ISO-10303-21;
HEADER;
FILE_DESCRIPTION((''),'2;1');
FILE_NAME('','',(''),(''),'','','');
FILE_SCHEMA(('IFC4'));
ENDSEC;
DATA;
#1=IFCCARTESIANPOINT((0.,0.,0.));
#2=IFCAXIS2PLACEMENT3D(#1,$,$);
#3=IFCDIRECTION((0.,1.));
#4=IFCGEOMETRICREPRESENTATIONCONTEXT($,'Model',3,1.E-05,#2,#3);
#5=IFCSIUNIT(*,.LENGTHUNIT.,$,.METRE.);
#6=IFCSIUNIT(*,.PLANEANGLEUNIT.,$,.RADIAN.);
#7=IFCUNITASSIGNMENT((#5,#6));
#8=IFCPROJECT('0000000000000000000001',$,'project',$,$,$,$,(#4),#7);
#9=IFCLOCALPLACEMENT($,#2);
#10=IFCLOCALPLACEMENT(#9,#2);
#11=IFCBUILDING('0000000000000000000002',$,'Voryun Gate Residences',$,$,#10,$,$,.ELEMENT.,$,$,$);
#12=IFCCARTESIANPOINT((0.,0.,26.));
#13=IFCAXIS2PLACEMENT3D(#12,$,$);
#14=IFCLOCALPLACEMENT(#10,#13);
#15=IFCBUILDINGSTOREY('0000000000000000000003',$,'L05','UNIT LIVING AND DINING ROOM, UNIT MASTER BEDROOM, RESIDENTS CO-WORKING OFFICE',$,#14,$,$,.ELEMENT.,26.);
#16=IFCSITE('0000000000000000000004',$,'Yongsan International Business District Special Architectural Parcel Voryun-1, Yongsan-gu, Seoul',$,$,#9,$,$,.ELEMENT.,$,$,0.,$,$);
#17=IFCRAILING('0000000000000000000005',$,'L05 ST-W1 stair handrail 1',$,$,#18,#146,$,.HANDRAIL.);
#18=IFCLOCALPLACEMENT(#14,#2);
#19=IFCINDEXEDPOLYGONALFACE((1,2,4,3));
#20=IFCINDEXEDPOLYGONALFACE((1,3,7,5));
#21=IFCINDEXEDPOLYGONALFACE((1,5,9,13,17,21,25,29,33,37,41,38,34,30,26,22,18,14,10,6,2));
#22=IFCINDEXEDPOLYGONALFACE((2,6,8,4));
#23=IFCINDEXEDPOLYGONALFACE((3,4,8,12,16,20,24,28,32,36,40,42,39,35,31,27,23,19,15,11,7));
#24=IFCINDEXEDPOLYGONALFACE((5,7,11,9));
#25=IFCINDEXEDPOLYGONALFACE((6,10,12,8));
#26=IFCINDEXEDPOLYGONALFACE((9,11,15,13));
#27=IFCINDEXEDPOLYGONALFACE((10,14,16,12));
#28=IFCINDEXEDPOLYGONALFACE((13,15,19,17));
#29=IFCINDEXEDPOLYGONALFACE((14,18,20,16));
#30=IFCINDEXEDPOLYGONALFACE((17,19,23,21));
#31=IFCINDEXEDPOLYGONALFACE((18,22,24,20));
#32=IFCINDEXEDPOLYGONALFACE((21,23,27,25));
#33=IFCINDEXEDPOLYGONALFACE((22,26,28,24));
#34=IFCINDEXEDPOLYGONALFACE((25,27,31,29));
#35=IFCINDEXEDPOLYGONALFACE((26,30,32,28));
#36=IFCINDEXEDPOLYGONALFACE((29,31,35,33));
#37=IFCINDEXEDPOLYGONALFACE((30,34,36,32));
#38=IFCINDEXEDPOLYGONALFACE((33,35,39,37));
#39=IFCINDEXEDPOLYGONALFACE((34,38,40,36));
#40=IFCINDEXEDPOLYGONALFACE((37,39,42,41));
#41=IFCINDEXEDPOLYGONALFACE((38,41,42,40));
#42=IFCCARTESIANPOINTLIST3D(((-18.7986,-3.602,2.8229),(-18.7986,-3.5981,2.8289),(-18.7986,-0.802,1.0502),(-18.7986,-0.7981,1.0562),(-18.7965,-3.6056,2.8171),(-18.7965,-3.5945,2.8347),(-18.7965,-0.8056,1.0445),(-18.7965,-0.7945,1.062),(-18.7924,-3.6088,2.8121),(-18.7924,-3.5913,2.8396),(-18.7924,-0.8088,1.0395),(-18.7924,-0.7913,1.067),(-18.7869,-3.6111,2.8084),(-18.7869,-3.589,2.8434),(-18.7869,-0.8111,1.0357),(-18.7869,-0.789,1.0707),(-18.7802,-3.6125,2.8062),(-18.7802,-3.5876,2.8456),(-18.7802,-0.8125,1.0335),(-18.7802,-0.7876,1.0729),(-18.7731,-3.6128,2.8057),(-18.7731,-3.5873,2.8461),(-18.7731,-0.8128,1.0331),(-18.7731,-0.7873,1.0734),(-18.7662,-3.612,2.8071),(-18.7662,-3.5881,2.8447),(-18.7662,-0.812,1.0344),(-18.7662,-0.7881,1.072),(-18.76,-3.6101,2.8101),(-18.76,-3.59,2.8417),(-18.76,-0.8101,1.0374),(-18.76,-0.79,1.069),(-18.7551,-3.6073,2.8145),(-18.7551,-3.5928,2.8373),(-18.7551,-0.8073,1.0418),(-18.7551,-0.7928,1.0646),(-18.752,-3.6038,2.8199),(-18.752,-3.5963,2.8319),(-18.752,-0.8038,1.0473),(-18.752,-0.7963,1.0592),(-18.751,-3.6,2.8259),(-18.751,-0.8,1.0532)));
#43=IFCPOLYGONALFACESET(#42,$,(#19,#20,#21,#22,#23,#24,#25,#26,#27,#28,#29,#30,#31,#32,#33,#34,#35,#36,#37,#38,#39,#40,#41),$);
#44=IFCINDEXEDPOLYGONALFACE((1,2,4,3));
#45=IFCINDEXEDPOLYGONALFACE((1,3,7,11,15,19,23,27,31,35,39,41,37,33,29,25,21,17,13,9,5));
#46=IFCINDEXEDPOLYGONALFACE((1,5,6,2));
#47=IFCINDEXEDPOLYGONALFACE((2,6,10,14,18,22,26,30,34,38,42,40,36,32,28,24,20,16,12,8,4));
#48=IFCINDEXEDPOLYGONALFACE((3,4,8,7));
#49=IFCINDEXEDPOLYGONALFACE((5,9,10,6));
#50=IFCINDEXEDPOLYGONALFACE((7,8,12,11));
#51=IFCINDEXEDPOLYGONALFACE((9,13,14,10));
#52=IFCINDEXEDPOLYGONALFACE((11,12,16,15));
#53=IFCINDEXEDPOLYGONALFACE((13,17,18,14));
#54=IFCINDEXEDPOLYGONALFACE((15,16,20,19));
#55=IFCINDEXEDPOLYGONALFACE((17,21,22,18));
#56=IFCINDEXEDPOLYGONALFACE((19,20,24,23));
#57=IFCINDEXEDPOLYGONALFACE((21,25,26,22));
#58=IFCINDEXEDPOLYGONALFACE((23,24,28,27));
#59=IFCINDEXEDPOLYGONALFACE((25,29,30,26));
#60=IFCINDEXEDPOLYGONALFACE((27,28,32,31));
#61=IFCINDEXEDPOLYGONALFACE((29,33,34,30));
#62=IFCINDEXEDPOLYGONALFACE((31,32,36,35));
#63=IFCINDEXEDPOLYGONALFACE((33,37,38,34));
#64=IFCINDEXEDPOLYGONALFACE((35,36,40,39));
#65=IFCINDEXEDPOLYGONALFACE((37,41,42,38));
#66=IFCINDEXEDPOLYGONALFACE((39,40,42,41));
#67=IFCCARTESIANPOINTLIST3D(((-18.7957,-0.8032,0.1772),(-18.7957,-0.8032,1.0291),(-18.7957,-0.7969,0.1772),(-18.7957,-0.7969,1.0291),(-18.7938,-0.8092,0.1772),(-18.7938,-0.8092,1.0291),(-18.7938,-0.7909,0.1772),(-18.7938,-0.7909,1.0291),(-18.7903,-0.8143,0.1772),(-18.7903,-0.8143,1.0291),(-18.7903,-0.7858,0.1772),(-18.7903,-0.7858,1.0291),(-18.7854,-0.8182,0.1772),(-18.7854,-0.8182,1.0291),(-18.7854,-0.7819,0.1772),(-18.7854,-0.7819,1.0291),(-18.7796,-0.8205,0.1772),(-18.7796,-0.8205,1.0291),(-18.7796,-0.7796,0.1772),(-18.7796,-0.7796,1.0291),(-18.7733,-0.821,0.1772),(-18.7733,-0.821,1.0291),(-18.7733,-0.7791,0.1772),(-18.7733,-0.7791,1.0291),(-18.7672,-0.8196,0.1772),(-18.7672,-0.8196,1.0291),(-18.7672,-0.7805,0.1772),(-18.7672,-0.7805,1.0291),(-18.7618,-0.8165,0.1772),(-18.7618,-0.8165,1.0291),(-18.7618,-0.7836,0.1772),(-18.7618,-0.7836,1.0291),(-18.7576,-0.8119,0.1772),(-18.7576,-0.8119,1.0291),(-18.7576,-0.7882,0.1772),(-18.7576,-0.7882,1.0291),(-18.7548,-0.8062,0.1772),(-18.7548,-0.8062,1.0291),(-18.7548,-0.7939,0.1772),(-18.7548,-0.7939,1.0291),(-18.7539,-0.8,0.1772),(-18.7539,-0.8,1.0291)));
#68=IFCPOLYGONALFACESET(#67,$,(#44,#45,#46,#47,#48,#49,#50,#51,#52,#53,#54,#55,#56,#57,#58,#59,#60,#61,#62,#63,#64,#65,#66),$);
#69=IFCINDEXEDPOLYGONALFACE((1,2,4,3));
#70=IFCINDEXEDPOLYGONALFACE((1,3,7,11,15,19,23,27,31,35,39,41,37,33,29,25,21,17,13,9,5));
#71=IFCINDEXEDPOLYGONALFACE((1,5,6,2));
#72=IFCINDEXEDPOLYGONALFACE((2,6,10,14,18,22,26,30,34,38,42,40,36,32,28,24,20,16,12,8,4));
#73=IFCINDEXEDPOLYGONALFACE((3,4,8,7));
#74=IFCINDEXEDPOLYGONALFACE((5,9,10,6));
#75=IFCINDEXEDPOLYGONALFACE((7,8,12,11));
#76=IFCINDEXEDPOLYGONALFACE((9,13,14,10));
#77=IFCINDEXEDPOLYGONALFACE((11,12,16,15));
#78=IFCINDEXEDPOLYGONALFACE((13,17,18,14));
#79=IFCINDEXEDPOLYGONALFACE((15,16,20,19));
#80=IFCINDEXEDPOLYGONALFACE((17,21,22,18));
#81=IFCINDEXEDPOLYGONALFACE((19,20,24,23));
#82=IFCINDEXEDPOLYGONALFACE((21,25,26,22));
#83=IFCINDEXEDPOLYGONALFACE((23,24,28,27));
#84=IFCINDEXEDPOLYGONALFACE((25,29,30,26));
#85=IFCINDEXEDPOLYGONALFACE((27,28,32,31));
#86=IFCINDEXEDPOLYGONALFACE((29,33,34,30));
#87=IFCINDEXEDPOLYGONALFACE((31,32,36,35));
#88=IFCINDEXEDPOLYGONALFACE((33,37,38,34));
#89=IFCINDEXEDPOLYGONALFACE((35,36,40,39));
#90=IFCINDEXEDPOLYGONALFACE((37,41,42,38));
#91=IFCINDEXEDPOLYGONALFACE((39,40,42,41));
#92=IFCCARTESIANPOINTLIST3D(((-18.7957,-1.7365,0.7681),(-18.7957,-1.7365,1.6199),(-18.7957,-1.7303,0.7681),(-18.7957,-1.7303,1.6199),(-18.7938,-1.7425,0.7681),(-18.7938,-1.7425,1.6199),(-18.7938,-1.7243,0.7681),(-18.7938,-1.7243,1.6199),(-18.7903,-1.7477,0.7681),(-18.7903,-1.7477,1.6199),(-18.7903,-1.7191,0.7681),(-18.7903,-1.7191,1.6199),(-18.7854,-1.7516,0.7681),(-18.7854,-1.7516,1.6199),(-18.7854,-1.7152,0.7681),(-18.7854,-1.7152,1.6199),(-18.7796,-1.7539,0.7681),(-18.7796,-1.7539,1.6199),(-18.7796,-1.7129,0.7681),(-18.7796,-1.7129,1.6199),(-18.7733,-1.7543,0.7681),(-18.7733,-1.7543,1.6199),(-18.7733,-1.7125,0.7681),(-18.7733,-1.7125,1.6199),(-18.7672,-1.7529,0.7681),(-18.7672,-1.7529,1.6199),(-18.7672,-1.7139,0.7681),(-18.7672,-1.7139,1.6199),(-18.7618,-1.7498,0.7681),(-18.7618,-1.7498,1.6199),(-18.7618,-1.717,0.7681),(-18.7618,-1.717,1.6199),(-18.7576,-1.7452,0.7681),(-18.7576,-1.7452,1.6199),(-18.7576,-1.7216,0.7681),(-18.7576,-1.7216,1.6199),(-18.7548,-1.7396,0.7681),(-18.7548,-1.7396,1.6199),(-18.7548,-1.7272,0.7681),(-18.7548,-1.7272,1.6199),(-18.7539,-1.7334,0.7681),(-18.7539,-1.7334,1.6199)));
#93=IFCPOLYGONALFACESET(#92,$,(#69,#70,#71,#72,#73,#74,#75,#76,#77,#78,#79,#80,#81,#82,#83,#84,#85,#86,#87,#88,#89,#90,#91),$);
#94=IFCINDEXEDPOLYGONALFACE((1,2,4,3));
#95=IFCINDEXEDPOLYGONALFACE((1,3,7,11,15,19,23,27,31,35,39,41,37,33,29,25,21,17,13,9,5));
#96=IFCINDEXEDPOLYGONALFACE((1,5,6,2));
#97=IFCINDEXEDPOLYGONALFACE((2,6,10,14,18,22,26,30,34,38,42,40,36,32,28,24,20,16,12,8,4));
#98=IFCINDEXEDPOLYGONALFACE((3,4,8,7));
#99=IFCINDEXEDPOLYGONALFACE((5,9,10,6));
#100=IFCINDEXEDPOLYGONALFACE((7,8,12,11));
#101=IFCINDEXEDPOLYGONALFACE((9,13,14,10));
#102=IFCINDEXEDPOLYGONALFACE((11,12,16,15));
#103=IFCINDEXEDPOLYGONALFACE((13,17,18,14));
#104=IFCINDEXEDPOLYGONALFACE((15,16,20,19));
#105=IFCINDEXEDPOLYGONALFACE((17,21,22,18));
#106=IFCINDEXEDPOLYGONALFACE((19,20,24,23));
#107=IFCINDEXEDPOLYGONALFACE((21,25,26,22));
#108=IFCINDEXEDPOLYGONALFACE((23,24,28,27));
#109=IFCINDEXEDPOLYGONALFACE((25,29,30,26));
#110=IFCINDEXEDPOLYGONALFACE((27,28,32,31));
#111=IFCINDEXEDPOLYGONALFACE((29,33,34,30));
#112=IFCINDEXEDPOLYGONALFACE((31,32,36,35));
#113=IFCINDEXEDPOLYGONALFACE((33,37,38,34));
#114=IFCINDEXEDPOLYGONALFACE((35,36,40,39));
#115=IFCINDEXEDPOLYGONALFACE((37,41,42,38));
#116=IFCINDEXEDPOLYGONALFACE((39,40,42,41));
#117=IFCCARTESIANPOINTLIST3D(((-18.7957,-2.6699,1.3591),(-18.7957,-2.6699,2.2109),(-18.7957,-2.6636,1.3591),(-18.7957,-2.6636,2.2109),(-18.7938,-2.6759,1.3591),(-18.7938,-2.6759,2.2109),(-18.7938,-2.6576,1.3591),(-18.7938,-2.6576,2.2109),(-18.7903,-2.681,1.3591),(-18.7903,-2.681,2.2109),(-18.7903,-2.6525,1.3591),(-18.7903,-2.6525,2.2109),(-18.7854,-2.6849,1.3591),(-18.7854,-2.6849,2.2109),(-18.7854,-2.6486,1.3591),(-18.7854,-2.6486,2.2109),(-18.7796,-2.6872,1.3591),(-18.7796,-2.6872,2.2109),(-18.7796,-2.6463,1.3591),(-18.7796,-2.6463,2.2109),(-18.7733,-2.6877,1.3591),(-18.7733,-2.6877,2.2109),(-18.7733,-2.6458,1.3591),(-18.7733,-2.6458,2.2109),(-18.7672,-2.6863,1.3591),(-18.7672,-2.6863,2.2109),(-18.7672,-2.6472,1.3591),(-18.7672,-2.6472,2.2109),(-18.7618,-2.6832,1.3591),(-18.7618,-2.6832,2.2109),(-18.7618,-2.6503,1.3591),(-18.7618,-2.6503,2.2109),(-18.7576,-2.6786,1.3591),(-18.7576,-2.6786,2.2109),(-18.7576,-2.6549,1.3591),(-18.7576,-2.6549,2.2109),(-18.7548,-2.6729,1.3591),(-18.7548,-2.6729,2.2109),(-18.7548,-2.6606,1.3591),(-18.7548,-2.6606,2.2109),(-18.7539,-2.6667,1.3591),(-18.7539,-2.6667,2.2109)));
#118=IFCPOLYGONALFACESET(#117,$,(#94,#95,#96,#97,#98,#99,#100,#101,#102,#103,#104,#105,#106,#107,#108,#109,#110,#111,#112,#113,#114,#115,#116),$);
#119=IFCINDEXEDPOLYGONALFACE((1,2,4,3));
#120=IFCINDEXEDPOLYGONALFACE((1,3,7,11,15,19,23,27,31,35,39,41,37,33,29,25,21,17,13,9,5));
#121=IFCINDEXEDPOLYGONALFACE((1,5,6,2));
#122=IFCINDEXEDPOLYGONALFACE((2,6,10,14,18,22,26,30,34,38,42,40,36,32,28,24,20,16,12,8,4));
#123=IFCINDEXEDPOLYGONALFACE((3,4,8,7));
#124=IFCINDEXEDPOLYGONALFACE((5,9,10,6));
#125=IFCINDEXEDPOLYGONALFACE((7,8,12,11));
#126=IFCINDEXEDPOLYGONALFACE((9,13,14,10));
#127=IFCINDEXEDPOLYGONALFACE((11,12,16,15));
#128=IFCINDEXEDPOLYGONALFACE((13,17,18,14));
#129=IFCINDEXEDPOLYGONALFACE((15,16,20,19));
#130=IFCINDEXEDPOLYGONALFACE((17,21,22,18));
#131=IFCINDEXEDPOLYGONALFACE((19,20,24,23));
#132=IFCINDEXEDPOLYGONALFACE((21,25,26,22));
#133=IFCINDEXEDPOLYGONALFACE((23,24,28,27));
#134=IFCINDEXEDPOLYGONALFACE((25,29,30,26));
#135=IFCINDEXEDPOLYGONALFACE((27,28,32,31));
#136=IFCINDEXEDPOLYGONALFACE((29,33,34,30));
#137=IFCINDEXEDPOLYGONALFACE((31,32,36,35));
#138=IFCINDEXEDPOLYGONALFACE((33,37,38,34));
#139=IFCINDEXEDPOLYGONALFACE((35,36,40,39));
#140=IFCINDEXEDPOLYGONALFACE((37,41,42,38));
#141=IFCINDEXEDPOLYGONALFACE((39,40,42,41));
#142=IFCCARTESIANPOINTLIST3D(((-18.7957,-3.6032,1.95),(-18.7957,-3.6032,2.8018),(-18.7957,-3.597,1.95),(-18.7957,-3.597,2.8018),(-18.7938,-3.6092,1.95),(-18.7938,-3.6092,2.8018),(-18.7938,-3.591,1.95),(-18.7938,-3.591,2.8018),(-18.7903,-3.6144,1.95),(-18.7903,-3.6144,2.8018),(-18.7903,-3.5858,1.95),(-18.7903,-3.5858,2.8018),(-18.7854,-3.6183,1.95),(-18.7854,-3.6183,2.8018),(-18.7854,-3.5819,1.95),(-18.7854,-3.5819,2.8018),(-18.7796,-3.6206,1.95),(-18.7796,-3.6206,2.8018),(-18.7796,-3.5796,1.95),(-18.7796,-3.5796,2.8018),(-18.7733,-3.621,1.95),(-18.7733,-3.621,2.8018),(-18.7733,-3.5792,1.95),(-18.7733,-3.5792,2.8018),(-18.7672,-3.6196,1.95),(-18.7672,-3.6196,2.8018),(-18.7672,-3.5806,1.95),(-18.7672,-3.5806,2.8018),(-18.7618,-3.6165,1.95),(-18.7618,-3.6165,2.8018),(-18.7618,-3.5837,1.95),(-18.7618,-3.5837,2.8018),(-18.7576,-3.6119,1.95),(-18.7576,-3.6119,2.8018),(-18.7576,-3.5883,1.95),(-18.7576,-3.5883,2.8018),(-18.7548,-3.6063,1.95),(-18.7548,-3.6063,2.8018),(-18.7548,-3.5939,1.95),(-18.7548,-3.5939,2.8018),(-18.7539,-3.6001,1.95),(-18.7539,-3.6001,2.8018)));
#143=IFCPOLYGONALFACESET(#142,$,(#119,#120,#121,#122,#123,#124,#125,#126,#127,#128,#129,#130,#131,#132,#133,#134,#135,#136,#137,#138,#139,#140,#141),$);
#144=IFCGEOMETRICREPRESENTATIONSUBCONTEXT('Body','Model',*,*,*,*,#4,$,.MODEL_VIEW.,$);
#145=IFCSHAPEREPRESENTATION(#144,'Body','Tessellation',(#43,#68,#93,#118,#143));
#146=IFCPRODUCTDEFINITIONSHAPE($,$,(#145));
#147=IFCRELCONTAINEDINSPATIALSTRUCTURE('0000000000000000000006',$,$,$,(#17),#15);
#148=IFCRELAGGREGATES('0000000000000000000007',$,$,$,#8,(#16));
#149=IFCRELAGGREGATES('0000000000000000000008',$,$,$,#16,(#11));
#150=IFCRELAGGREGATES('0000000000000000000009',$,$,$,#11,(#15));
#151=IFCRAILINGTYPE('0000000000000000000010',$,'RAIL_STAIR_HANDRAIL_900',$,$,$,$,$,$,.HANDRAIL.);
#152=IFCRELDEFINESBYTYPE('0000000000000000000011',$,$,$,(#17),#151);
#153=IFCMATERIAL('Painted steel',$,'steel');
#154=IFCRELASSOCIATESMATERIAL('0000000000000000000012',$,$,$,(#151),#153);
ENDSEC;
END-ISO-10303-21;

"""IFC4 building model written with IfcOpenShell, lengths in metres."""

from ifc_helpers import new_model, si_unit, direction, frame, origin, origin_2d, place, context, subcontext, project, spatial, circle, extrude, material, type_object, element, save


model = new_model("IFC4")

# Units and contexts
model_context = context("Model", 3, precision=1e-05, world=origin(), true_north=direction((0.0, 1.0)))
body_context = subcontext(model_context, "Body", "Model", "MODEL_VIEW")
ifc_project = project(units=[si_unit("LENGTHUNIT", "METRE"), si_unit("PLANEANGLEUNIT", "RADIAN")], contexts=[model_context])

# Site, building, storey
site_placement = place(None, origin())
site = spatial("IfcSite", under=ifc_project, at=site_placement, Name="Yongsan International Business District Special Architectural Parcel Voryun-1, Yongsan-gu, Seoul", CompositionType="ELEMENT", RefElevation=0.0)
building_placement = place(site_placement, origin())
building = spatial("IfcBuilding", under=site, at=building_placement, Name="Voryun Gate Residences", CompositionType="ELEMENT")
storey_placement = place(building_placement, frame((0.0, 0.0, 26.0)))
storey = spatial("IfcBuildingStorey", under=building, at=storey_placement, Name="L05", Description="UNIT LIVING AND DINING ROOM, UNIT MASTER BEDROOM, RESIDENTS CO-WORKING OFFICE", CompositionType="ELEMENT", Elevation=26.0)

# Railing
ifc_material_1 = material(Name="Painted steel", Category="steel")
railing_type_1 = type_object("IfcRailingType", Name="RAIL_STAIR_HANDRAIL_900", PredefinedType="HANDRAIL", material=ifc_material_1)
railing_1_placement = place(storey_placement, frame((-18.7749, -0.8, 0.1772)))
element("IfcRailing", 1, at=railing_1_placement, inside=storey, type_object=railing_type_1, Name="L05 ST-W1 stair handrail 1", PredefinedType="HANDRAIL", context=body_context, shape_type="SweptSolid", body=[
    extrude(circle(Radius=0.0239, at=origin_2d()), frame((0.0, 0.0, 0.876), z_axis=(0.0, -0.844909, 0.53491), x_axis=(1.0, 0.0, 0.0)), (0.0, 0.0, 1.0), 3.314),
    extrude(circle(Radius=0.021, at=origin_2d()), origin(), (0.0, 0.0, 1.0), 0.8518),
    extrude(circle(Radius=0.021, at=origin_2d()), frame((0.0, -0.9333, 0.5908)), (0.0, 0.0, 1.0), 0.8518),
    extrude(circle(Radius=0.021, at=origin_2d()), frame((0.0, -1.8667, 1.1819)), (0.0, 0.0, 1.0), 0.8518),
    extrude(circle(Radius=0.021, at=origin_2d()), frame((0.0, -2.8, 1.7727)), (0.0, 0.0, 1.0), 0.8518),
])

save(model, "model.ifc")
